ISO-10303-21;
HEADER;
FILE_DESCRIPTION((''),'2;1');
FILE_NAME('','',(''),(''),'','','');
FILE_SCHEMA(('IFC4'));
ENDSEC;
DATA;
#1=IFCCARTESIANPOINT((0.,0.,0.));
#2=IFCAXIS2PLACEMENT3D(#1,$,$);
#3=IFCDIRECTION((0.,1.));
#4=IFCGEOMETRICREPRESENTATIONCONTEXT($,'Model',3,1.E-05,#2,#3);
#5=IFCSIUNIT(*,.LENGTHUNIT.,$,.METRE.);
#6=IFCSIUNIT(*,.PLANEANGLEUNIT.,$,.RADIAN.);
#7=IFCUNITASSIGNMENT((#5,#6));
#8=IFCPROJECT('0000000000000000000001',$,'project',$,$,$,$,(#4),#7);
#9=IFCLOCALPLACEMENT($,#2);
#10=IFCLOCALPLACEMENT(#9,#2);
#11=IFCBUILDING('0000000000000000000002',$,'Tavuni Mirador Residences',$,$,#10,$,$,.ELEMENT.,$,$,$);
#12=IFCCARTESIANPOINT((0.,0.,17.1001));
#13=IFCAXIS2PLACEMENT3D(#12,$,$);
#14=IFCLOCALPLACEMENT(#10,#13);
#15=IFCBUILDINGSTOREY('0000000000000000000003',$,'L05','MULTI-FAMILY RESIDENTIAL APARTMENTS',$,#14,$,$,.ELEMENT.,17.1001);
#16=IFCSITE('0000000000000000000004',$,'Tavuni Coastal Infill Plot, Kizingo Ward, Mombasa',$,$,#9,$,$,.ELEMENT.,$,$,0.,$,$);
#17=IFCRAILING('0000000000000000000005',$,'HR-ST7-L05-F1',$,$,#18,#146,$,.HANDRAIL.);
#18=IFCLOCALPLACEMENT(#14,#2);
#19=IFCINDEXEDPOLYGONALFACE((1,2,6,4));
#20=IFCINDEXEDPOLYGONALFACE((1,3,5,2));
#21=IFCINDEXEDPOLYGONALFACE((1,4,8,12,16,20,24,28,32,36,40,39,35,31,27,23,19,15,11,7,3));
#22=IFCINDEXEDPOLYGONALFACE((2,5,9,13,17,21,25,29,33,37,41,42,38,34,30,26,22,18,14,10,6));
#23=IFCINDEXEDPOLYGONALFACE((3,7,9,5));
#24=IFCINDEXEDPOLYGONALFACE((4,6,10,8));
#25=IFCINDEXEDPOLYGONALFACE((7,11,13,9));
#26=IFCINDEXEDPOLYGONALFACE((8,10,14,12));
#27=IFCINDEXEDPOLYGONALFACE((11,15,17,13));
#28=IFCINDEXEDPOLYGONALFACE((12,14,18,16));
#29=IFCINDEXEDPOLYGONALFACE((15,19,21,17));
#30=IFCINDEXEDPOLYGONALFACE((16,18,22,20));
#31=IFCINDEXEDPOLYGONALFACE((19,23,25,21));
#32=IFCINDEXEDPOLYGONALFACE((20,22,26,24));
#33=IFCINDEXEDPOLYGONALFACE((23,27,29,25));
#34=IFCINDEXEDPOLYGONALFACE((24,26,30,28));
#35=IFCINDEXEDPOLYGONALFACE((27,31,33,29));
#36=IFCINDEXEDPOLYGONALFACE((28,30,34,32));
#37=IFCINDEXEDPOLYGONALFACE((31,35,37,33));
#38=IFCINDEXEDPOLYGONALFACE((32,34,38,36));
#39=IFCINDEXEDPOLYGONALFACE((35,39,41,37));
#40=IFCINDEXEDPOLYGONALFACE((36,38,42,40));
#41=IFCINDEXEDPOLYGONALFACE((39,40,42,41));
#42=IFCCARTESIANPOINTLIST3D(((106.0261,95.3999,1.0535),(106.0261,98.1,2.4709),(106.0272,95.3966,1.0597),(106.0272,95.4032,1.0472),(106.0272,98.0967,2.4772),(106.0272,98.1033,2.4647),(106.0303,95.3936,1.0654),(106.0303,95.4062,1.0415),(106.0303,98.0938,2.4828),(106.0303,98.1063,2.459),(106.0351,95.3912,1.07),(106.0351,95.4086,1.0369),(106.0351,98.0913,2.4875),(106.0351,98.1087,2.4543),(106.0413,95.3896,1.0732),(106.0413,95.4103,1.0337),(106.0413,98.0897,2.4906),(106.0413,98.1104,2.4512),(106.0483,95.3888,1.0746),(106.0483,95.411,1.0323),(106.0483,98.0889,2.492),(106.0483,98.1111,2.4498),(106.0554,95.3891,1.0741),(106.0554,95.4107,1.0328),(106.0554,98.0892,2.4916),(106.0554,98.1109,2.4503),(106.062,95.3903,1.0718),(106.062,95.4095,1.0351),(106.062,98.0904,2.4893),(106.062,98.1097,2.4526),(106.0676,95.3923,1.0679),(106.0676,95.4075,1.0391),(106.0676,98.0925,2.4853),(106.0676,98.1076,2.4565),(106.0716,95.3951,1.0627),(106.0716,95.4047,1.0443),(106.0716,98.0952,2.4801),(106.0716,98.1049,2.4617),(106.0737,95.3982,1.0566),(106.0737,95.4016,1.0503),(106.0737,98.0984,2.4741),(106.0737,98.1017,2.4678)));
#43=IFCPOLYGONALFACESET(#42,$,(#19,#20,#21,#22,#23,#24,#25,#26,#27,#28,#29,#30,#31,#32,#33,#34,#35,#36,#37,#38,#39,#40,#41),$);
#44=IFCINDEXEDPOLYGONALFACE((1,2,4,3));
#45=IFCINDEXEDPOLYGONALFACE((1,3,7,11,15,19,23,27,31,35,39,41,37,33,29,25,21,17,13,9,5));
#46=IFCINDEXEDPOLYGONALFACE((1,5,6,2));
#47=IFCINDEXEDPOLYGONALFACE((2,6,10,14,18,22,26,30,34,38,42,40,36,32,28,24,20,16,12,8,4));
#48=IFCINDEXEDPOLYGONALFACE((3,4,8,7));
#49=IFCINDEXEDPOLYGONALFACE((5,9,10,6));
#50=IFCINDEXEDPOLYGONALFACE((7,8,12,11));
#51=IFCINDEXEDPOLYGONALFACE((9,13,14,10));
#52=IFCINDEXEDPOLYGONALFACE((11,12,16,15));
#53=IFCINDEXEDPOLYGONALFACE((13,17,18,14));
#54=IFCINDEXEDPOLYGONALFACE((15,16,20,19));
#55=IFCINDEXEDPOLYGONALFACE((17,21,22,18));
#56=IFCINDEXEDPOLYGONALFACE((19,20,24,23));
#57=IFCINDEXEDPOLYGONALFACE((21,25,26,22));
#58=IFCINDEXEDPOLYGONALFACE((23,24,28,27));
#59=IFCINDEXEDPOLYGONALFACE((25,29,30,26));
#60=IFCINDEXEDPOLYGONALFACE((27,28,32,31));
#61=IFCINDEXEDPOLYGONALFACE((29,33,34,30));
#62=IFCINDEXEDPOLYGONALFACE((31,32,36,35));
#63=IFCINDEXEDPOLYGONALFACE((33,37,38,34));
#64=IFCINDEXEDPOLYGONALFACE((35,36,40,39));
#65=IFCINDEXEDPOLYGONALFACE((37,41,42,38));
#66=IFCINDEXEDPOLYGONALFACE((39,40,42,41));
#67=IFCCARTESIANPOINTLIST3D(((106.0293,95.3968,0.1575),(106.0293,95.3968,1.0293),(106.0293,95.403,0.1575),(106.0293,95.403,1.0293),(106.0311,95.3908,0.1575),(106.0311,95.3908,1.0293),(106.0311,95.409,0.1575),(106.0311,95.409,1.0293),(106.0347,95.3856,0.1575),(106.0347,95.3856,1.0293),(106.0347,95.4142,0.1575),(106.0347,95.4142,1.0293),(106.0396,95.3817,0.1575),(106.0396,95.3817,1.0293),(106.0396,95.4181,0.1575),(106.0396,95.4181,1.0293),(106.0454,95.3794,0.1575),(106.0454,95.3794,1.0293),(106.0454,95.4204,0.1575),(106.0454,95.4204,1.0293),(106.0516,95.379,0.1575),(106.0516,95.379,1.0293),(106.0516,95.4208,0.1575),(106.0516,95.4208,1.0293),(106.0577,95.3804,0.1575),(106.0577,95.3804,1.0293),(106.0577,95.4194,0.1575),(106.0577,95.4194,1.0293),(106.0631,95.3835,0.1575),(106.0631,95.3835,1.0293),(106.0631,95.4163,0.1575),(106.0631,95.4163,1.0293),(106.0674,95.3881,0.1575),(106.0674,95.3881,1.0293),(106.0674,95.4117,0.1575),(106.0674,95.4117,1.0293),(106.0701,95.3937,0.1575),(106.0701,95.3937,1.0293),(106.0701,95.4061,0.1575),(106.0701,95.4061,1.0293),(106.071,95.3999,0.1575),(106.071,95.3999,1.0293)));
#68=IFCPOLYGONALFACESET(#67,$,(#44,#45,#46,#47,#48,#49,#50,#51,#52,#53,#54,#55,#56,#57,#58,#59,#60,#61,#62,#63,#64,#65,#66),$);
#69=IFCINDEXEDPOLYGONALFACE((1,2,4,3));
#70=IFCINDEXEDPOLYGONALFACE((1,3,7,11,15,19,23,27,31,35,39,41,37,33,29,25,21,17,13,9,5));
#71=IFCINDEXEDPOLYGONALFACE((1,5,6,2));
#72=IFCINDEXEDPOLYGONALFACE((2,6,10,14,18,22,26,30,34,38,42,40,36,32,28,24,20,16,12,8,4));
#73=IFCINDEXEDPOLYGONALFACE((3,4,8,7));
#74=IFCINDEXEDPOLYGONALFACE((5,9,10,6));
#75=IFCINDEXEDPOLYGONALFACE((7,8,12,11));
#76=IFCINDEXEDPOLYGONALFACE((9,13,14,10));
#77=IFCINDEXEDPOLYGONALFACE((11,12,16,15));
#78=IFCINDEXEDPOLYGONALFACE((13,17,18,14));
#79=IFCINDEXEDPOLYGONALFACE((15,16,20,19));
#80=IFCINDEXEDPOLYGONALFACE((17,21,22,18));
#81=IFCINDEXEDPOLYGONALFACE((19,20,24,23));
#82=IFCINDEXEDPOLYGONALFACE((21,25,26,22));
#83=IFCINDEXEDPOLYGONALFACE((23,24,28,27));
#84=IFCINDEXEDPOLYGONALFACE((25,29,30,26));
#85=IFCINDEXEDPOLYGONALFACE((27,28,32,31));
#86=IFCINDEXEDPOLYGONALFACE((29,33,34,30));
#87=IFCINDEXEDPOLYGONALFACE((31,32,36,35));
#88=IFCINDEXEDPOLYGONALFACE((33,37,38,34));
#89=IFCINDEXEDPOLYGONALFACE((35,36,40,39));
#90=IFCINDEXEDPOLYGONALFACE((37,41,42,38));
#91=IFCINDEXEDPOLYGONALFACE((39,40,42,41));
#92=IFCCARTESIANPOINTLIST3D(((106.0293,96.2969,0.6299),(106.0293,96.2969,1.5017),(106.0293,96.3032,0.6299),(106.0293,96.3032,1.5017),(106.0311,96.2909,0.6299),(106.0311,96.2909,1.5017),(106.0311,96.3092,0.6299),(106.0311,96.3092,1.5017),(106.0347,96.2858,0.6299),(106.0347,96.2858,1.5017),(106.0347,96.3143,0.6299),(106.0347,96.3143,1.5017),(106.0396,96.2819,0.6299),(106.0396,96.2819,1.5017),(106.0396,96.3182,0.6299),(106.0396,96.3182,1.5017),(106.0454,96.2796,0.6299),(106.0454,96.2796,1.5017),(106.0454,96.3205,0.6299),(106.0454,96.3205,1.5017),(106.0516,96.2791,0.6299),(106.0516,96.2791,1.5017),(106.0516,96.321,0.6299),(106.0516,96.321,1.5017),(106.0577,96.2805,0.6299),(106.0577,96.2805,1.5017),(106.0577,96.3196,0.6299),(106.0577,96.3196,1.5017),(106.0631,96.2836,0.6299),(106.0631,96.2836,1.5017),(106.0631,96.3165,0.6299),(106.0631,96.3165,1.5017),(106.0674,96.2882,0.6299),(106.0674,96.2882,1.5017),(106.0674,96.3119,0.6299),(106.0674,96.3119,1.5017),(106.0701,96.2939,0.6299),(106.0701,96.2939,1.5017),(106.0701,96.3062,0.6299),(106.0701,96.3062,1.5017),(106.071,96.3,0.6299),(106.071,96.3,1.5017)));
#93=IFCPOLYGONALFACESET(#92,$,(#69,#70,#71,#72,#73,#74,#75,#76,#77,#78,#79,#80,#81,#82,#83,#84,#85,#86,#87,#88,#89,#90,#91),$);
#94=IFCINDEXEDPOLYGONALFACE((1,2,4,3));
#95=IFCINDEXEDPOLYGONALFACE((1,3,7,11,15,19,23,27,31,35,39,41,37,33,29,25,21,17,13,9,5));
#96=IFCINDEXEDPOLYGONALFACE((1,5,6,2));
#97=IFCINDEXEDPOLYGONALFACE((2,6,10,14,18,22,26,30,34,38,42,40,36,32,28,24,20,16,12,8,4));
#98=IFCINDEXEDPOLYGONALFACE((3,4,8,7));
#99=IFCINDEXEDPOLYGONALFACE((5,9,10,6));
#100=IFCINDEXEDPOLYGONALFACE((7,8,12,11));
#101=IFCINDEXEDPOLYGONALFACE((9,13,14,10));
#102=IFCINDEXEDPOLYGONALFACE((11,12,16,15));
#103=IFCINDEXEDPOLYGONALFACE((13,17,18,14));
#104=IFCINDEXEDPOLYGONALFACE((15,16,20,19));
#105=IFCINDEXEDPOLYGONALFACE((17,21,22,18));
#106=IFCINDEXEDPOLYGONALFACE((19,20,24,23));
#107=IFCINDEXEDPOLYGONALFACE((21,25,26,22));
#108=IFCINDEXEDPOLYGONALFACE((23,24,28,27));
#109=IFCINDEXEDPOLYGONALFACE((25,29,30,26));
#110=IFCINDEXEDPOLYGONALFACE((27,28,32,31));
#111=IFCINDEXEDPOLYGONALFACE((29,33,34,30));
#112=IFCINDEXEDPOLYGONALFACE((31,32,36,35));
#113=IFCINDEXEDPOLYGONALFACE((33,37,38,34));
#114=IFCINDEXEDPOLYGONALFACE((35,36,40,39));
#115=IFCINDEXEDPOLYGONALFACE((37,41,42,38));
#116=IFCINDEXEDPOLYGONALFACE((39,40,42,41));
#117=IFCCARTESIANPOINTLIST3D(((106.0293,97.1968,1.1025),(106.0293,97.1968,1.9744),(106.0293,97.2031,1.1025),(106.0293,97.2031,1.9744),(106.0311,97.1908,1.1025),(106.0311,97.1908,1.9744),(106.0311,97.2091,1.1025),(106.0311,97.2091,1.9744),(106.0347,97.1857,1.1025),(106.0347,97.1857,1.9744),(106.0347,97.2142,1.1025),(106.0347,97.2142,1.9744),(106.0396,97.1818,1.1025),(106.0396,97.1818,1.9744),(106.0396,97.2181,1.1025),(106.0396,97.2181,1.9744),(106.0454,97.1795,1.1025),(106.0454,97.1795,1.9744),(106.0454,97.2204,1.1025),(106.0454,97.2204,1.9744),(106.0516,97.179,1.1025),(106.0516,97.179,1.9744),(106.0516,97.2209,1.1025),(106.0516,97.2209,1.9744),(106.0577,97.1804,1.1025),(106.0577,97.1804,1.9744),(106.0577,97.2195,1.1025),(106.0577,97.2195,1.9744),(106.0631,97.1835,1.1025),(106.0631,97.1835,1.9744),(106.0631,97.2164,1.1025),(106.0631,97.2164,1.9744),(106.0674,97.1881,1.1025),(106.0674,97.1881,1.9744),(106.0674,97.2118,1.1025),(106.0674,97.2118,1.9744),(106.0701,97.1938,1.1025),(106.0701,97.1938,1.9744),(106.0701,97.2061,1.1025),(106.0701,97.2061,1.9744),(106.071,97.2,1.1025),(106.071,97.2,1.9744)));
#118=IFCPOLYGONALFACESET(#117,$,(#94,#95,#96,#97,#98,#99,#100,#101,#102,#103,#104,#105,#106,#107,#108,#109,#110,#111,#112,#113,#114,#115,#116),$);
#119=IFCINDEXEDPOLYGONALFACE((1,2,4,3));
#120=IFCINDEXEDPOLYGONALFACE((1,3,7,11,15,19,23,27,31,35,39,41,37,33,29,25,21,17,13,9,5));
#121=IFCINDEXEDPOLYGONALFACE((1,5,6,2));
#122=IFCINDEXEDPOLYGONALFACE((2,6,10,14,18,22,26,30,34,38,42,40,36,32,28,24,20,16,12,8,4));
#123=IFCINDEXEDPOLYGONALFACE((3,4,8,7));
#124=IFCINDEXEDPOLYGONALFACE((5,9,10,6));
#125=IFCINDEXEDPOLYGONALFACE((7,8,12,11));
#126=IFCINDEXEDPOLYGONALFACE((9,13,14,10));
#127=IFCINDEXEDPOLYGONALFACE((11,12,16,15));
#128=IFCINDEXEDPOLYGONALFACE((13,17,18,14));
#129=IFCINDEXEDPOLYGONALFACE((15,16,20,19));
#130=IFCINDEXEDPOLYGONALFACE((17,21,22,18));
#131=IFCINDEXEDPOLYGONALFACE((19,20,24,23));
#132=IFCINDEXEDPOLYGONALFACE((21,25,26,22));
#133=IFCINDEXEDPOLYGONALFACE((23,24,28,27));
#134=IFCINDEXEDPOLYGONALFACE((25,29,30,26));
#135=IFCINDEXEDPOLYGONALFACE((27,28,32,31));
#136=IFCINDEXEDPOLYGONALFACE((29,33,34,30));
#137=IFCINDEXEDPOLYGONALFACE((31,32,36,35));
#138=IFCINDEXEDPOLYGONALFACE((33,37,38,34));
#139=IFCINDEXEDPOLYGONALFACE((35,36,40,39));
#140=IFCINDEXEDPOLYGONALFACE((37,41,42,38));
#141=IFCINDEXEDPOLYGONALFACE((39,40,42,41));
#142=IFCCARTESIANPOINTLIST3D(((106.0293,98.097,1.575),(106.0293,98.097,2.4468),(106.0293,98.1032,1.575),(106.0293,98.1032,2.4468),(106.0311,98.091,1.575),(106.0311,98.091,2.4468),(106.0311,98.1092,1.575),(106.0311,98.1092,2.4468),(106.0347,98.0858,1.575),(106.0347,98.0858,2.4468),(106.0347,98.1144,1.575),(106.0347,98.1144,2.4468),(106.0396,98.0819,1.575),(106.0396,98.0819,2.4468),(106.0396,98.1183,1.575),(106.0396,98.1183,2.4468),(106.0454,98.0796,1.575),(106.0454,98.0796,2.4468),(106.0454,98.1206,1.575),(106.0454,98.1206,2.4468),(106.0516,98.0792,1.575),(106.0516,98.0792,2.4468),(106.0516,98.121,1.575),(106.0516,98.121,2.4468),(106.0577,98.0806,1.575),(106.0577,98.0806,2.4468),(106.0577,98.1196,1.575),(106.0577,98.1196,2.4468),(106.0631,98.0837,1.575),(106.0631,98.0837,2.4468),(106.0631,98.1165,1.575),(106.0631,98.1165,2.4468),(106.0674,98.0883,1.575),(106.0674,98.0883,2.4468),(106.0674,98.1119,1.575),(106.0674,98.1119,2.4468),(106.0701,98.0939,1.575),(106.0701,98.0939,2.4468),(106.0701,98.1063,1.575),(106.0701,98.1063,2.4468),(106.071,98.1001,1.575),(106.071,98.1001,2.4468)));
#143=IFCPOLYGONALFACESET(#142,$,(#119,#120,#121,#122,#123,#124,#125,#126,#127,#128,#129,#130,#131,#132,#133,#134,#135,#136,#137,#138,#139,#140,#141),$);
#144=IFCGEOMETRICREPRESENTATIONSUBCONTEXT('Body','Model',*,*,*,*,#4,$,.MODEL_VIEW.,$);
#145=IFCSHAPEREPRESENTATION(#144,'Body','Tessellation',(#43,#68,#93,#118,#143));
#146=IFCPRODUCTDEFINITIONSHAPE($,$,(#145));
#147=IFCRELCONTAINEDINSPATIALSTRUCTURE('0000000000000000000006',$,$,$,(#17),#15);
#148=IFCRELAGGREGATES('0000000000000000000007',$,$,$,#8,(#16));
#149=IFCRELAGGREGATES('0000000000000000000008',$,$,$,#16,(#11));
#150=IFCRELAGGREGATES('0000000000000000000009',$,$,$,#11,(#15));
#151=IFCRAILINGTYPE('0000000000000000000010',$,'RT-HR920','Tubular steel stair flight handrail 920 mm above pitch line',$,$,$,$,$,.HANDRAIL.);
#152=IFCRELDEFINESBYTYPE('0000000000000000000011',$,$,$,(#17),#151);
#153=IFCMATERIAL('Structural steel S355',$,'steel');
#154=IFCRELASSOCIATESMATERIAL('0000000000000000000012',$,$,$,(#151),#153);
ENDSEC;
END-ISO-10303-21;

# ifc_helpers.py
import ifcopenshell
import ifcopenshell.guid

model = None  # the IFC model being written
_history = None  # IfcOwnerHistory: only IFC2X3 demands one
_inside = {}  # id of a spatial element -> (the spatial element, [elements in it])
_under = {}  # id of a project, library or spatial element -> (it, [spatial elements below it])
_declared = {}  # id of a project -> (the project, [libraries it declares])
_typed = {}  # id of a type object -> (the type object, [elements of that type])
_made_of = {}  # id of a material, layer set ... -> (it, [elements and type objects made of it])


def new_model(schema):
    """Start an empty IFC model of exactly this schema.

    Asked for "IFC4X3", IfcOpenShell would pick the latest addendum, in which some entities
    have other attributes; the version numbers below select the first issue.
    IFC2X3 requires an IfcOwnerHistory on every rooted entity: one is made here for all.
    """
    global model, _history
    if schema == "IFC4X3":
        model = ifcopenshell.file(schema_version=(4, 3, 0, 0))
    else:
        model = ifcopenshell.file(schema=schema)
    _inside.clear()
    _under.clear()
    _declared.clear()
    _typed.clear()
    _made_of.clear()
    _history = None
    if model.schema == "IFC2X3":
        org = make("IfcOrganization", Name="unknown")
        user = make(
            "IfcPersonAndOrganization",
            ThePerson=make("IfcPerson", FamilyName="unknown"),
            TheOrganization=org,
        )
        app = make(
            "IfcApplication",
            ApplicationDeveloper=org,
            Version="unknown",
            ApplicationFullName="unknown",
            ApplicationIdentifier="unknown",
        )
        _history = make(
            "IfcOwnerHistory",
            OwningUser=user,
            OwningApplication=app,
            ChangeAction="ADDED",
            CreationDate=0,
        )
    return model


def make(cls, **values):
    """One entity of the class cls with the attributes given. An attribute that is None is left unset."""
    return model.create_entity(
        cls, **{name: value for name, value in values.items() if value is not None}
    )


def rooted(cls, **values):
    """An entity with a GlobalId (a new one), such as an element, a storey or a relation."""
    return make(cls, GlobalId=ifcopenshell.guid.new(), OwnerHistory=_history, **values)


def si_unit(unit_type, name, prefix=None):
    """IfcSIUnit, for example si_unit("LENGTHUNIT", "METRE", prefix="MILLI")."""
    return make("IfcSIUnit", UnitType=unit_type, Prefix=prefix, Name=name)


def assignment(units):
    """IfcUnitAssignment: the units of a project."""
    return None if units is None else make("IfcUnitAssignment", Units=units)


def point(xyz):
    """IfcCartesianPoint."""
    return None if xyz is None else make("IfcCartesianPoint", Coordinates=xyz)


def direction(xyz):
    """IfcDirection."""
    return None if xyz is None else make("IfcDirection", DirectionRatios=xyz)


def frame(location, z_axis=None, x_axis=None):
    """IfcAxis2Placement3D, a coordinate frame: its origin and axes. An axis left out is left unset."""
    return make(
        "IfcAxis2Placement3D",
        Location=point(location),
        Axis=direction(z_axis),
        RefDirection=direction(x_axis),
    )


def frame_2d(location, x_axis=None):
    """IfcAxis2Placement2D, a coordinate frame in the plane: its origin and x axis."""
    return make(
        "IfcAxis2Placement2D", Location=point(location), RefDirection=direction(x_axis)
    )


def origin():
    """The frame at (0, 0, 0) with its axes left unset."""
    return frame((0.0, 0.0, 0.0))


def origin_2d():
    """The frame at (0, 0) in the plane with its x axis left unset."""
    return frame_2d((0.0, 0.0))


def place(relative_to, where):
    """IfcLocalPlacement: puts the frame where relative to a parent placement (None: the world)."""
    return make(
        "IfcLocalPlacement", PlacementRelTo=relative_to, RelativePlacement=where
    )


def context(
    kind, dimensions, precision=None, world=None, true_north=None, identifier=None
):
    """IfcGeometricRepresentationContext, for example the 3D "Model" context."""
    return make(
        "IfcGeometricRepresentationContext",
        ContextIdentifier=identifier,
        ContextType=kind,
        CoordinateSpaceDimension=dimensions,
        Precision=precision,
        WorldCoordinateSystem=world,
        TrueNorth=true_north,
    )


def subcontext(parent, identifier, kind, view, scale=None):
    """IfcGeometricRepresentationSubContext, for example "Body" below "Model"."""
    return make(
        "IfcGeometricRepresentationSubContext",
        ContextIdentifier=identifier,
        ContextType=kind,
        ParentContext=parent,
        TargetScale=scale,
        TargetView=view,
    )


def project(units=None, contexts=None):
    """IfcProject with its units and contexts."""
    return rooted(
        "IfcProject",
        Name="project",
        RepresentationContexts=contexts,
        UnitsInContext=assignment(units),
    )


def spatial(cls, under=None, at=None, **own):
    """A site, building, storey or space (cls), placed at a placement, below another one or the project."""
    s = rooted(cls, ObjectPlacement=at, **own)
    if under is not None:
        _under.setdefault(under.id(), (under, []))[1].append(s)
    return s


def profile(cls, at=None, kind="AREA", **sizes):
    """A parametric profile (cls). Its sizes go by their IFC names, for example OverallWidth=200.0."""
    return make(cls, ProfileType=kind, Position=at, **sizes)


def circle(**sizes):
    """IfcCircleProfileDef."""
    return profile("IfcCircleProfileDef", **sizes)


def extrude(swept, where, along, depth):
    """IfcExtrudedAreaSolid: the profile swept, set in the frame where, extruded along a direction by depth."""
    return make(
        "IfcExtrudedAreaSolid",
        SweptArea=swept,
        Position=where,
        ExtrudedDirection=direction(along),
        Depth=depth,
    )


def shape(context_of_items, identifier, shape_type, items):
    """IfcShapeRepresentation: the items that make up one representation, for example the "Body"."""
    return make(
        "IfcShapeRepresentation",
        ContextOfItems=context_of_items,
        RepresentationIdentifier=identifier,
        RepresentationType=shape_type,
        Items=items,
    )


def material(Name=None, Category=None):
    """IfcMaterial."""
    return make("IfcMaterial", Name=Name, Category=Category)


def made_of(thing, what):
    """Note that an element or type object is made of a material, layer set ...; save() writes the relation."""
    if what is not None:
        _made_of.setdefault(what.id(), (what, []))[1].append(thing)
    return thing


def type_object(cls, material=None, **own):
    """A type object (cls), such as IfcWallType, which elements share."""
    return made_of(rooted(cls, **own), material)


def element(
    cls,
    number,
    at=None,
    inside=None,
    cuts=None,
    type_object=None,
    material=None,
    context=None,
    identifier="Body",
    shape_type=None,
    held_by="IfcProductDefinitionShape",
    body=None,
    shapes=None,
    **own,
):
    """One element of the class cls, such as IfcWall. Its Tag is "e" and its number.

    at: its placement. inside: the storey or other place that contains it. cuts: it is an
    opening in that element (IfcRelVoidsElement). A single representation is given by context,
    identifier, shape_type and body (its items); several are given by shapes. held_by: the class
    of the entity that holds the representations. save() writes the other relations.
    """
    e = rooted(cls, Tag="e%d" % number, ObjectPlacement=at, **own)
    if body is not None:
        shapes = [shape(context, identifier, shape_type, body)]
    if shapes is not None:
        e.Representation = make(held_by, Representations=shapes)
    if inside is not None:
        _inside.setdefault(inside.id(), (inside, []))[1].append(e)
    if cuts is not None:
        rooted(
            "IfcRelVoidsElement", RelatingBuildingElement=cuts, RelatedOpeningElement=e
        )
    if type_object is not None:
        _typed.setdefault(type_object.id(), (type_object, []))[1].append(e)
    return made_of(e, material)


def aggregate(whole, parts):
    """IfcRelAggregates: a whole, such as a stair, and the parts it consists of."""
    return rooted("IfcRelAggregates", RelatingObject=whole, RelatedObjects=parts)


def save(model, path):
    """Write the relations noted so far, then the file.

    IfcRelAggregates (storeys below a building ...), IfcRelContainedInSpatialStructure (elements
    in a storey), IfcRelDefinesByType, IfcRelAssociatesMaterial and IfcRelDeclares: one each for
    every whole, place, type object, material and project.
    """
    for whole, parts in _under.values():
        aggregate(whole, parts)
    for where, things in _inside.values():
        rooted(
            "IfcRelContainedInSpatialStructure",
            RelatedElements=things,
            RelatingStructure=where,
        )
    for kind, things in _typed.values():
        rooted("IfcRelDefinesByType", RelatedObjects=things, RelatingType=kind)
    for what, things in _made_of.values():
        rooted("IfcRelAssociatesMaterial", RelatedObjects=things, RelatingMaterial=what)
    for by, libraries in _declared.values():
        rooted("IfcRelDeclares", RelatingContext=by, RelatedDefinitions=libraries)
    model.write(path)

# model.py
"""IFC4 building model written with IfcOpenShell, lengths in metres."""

from ifc_helpers import new_model, si_unit, direction, frame, origin, origin_2d, place, context, subcontext, project, spatial, circle, extrude, material, type_object, element, save


model = new_model("IFC4")

# Units and contexts
model_context = context("Model", 3, precision=1e-05, world=origin(), true_north=direction((0.0, 1.0)))
body_context = subcontext(model_context, "Body", "Model", "MODEL_VIEW")
ifc_project = project(units=[si_unit("LENGTHUNIT", "METRE"), si_unit("PLANEANGLEUNIT", "RADIAN")], contexts=[model_context])

# Site, building, storey
site_placement = place(None, origin())
site = spatial("IfcSite", under=ifc_project, at=site_placement, Name="Tavuni Coastal Infill Plot, Kizingo Ward, Mombasa", CompositionType="ELEMENT", RefElevation=0.0)
building_placement = place(site_placement, origin())
building = spatial("IfcBuilding", under=site, at=building_placement, Name="Tavuni Mirador Residences", CompositionType="ELEMENT")
storey_placement = place(building_placement, frame((0.0, 0.0, 17.1001)))
storey = spatial("IfcBuildingStorey", under=building, at=storey_placement, Name="L05", Description="MULTI-FAMILY RESIDENTIAL APARTMENTS", CompositionType="ELEMENT", Elevation=17.1001)

# Railing
ifc_material_1 = material(Name="Structural steel S355", Category="steel")
railing_type = type_object("IfcRailingType", Name="RT-HR920", Description="Tubular steel stair flight handrail 920 mm above pitch line", PredefinedType="HANDRAIL", material=ifc_material_1)
railing_placement = place(storey_placement, frame((106.05, 95.3999, 0.1575)))
element("IfcRailing", 1, at=railing_placement, inside=storey, type_object=railing_type, Name="HR-ST7-L05-F1", PredefinedType="HANDRAIL", context=body_context, shape_type="SweptSolid", body=[
    extrude(circle(Radius=0.0239, at=origin_2d()), frame((0.0, 0.0, 0.896), z_axis=(0.0, 0.885414, 0.464803), x_axis=(-1.0, 0.0, 0.0)), (0.0, 0.0, 1.0), 3.0496),
    extrude(circle(Radius=0.021, at=origin_2d()), origin(), (0.0, 0.0, 1.0), 0.8718),
    extrude(circle(Radius=0.021, at=origin_2d()), frame((0.0, 0.9001, 0.4724)), (0.0, 0.0, 1.0), 0.8718),
    extrude(circle(Radius=0.021, at=origin_2d()), frame((0.0, 1.8, 0.9451)), (0.0, 0.0, 1.0), 0.8718),
    extrude(circle(Radius=0.021, at=origin_2d()), frame((0.0, 2.7002, 1.4175)), (0.0, 0.0, 1.0), 0.8718),
])

save(model, "model.ifc")
